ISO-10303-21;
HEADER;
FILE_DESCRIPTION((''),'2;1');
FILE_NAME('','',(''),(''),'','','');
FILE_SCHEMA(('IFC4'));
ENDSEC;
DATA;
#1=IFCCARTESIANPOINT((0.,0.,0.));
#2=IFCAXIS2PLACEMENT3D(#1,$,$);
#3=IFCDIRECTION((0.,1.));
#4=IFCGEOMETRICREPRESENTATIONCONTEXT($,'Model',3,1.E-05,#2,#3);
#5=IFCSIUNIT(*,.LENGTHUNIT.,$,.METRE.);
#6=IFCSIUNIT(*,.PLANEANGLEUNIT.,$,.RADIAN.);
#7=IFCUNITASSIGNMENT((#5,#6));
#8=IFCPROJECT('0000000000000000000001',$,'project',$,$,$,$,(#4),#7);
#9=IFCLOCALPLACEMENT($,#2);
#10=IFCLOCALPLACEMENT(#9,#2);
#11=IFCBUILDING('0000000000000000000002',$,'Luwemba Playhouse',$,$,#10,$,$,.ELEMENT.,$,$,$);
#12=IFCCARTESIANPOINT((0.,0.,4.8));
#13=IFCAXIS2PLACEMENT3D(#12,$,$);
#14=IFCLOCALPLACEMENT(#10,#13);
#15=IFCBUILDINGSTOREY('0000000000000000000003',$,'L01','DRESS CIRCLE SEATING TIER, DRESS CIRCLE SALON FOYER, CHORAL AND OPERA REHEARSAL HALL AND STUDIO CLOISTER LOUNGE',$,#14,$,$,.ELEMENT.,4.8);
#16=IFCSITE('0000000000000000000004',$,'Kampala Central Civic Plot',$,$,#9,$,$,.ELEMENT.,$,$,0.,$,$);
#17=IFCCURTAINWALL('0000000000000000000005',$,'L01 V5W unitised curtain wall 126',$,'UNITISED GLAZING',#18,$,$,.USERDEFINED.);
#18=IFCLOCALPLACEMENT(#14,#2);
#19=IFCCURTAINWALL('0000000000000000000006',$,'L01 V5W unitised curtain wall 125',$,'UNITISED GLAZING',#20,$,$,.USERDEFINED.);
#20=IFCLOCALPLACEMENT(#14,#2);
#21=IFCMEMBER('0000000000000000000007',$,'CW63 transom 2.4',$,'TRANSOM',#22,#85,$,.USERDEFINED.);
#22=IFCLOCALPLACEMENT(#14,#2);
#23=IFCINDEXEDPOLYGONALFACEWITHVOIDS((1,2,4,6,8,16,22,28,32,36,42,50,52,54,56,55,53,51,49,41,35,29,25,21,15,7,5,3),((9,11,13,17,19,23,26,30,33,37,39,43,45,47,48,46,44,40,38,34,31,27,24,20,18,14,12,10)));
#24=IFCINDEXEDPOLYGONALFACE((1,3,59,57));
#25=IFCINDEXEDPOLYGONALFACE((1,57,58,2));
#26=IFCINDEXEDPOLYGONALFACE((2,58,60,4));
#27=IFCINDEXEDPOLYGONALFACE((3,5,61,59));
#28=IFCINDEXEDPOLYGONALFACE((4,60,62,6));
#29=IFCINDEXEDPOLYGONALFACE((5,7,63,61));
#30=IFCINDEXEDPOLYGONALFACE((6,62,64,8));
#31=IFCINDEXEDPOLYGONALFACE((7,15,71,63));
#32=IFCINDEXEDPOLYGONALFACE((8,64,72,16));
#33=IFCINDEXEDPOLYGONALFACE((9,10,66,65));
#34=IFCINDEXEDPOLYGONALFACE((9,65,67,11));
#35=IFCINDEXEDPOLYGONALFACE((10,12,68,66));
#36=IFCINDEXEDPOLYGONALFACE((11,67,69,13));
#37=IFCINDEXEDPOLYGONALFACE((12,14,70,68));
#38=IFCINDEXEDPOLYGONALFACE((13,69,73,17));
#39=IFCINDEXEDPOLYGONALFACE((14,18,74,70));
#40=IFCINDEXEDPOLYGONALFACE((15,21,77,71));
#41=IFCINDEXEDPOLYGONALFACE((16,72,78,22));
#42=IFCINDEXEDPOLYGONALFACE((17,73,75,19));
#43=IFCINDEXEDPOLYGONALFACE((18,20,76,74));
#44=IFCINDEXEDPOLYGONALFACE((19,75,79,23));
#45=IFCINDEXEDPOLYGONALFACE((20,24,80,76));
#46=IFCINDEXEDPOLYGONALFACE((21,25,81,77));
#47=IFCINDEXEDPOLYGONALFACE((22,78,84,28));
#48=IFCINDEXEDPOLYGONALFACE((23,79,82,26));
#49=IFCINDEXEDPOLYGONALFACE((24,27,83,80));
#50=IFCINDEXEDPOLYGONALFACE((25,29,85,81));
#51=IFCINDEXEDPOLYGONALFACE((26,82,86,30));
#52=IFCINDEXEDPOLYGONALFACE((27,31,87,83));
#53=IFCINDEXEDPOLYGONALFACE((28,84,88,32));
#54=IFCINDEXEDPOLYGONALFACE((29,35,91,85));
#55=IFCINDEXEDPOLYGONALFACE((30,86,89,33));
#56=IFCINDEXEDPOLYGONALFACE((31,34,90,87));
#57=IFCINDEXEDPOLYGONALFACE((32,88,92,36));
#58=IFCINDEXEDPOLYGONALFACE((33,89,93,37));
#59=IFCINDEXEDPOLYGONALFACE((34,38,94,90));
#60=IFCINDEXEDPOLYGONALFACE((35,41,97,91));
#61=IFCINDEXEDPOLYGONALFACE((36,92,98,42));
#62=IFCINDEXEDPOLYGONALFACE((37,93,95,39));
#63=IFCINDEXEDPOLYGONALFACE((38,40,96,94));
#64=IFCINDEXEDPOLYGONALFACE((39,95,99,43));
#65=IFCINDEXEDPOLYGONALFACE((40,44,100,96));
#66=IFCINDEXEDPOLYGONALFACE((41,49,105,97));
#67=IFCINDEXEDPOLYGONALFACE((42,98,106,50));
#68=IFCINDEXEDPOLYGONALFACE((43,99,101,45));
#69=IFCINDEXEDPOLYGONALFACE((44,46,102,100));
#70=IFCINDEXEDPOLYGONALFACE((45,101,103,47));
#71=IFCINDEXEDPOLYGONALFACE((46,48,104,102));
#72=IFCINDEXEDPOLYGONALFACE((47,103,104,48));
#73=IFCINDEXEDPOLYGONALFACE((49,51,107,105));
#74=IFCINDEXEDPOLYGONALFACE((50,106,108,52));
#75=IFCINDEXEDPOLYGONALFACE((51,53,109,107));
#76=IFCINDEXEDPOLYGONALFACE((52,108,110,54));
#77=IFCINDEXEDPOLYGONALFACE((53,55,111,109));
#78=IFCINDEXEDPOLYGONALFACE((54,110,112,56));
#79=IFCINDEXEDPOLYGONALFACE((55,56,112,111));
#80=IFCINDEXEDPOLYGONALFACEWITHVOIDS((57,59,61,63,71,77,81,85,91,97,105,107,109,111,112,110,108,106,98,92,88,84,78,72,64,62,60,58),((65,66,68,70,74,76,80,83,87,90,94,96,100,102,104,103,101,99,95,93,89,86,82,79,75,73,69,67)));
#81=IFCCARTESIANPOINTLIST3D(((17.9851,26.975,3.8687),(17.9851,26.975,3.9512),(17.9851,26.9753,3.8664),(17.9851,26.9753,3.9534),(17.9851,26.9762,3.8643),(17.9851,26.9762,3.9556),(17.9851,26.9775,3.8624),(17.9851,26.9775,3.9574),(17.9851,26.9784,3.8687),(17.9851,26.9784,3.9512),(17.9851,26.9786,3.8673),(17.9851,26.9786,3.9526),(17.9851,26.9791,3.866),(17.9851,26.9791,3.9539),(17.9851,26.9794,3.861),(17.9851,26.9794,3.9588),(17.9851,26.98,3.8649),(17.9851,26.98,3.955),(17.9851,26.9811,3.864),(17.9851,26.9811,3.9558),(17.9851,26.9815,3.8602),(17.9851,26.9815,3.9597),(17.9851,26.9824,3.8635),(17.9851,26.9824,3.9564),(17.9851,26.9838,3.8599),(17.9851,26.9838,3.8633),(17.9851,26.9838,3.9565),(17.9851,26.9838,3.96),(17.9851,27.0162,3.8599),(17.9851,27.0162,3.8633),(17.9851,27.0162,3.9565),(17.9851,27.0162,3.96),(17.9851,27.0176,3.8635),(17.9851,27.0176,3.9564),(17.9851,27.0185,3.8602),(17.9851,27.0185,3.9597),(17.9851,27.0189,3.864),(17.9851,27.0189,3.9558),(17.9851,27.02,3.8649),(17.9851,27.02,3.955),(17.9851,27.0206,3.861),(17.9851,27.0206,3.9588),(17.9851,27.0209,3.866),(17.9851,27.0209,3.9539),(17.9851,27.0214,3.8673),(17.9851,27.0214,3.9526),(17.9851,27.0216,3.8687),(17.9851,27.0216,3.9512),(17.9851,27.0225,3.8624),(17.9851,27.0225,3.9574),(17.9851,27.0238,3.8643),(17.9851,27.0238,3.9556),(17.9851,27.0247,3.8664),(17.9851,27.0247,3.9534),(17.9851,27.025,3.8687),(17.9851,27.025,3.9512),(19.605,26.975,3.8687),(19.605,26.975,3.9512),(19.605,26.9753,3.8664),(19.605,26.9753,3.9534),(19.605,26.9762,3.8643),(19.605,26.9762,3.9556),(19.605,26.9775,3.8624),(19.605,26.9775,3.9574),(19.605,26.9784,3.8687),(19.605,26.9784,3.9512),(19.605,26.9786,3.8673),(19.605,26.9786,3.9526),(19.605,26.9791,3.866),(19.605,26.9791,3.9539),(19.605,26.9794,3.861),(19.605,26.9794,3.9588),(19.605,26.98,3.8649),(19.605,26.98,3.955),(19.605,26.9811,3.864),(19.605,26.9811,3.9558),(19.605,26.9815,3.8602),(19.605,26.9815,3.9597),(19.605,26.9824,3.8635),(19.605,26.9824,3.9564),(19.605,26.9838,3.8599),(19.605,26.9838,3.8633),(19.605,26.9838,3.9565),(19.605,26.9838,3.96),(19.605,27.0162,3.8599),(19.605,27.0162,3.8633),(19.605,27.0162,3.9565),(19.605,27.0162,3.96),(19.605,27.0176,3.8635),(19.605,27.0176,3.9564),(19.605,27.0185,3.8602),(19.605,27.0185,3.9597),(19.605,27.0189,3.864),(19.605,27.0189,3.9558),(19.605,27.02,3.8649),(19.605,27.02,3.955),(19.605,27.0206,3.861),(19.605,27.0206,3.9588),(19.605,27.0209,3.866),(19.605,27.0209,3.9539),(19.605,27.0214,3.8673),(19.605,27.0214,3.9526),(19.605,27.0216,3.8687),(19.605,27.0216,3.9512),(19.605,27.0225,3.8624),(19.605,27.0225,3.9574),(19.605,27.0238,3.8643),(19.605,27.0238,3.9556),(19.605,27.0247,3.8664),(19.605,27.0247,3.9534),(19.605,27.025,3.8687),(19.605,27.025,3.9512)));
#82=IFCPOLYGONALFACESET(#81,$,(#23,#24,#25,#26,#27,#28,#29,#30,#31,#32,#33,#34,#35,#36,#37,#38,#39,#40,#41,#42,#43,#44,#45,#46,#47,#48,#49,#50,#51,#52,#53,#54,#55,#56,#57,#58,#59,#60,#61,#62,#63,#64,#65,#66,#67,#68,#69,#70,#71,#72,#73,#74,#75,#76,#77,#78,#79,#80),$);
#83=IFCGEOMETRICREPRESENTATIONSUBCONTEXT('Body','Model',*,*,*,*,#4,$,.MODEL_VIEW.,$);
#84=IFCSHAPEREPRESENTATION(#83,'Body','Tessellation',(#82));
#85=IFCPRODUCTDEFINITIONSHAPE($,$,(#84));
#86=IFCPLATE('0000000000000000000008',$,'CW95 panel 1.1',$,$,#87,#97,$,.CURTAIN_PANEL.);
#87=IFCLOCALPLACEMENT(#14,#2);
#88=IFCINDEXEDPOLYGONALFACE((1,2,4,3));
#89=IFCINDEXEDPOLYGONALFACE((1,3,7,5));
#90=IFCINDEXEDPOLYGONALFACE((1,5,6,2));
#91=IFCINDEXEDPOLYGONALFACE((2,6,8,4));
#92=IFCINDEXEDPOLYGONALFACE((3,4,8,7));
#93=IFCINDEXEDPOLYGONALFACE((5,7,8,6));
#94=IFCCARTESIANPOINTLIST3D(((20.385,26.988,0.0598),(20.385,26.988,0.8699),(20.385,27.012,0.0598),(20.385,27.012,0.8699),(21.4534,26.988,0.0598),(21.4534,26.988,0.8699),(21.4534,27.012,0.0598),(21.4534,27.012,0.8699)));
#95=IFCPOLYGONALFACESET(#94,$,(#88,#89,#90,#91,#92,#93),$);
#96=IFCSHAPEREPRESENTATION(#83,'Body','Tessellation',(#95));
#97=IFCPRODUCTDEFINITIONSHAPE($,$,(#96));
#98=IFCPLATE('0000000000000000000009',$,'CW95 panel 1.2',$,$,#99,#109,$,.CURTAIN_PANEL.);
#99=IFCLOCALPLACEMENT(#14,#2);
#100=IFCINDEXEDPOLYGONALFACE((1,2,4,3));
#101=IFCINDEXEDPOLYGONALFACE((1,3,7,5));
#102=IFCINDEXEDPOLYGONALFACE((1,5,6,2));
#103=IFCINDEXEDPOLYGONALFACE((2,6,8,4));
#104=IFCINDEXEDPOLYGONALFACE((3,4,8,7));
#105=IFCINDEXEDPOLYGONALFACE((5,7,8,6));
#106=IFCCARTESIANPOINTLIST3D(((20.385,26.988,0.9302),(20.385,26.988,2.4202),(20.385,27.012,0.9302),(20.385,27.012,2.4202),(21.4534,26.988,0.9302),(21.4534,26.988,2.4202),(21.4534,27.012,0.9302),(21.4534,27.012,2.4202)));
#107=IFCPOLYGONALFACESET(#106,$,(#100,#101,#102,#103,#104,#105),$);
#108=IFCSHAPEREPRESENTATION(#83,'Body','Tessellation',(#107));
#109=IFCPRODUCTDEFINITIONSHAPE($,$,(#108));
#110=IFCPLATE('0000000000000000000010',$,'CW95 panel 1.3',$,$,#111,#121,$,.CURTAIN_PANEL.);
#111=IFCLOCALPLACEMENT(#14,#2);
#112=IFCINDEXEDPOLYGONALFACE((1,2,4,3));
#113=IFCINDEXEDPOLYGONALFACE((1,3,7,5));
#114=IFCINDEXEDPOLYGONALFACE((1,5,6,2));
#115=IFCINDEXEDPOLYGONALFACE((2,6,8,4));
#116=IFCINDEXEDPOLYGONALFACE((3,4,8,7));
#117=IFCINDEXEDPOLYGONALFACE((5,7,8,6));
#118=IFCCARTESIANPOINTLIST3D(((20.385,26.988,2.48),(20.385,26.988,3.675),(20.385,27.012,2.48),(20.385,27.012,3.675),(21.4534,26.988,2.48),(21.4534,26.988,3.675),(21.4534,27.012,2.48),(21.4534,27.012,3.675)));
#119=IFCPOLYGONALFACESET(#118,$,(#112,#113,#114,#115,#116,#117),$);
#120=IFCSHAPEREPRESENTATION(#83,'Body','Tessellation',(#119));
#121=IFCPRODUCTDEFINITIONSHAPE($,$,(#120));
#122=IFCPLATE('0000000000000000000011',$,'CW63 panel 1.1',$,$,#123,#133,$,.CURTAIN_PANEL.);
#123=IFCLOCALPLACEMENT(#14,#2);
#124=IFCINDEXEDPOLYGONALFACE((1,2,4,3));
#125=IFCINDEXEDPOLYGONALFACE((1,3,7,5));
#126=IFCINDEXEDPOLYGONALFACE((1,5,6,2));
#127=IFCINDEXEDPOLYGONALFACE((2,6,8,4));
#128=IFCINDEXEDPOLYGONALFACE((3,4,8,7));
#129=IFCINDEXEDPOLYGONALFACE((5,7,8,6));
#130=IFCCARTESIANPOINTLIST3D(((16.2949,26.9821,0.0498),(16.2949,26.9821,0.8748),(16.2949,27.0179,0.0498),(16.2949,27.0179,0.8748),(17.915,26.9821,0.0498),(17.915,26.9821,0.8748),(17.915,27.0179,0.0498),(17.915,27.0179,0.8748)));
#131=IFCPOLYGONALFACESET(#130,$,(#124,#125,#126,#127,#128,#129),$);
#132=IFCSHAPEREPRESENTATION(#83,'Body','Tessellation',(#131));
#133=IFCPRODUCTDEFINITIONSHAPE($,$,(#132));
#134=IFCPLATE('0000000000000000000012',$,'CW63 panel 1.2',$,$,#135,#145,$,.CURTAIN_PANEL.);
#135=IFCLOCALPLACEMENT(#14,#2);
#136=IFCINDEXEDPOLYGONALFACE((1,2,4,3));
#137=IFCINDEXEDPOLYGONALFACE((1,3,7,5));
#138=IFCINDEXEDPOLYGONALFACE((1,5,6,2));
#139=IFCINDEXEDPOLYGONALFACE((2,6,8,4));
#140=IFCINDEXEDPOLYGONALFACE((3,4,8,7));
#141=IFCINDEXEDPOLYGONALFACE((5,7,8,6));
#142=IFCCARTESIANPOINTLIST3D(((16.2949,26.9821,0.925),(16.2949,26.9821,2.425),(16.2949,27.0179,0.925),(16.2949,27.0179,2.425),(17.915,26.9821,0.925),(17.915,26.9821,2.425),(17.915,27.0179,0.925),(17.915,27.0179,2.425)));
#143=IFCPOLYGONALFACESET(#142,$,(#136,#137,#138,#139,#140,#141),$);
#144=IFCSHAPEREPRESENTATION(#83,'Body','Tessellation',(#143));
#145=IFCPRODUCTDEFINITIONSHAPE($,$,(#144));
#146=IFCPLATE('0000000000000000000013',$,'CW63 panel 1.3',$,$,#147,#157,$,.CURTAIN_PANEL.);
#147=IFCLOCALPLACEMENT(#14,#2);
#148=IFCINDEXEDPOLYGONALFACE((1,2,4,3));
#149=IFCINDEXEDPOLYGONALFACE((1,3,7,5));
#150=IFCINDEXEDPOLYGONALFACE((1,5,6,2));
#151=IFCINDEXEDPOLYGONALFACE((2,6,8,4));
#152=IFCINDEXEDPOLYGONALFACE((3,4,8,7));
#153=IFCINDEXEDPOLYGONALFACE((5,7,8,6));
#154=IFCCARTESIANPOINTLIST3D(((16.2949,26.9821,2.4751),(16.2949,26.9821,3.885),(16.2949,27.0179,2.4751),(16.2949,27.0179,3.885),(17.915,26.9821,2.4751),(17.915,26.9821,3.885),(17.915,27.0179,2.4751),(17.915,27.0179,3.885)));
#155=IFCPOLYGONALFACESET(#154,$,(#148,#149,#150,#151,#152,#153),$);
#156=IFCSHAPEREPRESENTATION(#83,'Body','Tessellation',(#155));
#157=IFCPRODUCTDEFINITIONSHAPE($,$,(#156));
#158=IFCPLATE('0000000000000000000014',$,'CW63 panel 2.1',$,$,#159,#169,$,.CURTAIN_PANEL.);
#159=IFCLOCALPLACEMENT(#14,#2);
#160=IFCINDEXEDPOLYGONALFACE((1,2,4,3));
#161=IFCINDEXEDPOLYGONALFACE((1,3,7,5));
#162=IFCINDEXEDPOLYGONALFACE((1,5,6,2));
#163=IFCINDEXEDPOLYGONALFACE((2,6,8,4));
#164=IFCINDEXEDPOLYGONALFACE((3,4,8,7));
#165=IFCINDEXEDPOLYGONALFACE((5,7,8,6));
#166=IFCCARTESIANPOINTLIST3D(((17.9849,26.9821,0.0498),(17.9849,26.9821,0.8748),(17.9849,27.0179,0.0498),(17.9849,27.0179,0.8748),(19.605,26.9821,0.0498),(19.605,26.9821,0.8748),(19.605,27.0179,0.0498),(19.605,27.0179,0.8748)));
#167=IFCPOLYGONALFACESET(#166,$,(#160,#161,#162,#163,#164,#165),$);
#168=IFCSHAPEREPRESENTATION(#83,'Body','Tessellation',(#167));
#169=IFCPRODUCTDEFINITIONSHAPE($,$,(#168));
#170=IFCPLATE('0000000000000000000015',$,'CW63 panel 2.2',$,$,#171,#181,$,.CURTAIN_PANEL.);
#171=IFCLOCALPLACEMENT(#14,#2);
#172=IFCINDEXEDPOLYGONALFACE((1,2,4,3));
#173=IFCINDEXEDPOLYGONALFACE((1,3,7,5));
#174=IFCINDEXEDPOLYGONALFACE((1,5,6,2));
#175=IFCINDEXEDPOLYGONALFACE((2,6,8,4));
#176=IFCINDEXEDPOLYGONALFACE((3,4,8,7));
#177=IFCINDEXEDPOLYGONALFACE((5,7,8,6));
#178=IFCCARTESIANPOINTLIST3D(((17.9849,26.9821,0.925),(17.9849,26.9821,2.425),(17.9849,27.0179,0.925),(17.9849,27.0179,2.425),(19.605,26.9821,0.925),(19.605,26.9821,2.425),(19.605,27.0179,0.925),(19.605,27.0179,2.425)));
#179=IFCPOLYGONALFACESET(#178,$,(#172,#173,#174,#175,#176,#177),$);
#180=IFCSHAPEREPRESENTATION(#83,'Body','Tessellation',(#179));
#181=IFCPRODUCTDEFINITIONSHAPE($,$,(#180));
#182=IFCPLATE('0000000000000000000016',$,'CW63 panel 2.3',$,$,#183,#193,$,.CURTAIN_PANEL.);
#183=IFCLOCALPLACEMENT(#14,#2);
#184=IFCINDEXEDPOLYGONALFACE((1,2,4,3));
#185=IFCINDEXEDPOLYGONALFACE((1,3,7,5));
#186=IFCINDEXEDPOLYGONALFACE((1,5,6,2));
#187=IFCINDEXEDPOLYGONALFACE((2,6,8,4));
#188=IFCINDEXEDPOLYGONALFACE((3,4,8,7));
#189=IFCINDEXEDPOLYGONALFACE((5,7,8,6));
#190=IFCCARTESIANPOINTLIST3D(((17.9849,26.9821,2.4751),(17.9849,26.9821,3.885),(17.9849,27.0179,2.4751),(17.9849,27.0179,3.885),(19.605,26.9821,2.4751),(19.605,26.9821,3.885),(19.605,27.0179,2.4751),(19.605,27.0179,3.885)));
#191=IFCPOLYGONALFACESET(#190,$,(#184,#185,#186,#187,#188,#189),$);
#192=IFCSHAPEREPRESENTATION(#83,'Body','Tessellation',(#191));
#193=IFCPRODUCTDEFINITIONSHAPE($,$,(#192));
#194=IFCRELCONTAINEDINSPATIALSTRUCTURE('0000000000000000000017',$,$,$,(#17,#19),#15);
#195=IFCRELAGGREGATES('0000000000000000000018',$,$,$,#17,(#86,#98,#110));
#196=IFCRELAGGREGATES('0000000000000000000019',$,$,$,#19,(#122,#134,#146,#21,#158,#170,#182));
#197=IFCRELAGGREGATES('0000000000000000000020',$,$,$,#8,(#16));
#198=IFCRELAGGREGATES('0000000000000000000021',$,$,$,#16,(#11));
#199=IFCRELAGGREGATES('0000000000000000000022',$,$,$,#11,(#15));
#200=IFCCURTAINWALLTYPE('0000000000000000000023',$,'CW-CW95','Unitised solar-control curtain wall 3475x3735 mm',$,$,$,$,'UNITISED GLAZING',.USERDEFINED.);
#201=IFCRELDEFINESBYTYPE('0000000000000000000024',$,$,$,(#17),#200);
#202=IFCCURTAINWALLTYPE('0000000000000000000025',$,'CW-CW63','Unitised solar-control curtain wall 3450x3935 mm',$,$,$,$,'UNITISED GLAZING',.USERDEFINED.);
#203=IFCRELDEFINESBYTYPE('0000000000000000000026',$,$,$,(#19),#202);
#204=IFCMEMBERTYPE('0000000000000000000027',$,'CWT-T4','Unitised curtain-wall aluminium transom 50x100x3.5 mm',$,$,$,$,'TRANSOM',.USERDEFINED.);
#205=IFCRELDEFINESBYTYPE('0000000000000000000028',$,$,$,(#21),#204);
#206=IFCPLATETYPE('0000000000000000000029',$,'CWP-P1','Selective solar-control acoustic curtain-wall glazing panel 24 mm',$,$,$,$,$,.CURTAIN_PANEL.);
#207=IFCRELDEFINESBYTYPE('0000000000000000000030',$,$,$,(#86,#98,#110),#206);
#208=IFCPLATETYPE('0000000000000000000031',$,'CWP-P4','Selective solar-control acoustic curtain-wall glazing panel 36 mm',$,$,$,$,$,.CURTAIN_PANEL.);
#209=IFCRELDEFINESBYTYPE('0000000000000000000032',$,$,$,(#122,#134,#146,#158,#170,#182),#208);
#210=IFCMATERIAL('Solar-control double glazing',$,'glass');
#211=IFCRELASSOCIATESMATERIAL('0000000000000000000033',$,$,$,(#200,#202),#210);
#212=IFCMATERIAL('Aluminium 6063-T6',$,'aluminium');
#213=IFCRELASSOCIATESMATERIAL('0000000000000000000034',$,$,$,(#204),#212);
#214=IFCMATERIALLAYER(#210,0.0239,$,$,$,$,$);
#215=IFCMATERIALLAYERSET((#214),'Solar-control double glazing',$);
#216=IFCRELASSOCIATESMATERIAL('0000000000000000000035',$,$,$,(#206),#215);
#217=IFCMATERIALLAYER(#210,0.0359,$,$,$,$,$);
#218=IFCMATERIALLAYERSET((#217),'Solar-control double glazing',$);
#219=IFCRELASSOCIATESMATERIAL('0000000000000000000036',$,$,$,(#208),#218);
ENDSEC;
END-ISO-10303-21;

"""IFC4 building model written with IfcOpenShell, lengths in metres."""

from ifc_helpers import new_model, si_unit, direction, frame, origin, origin_2d, place, context, subcontext, project, spatial, rectangle, hollow_rectangle, extrude, material, layer, layer_set, material_profile, profile_set, type_object, element, aggregate, save


model = new_model("IFC4")

# Units and contexts
model_context = context("Model", 3, precision=1e-05, world=origin(), true_north=direction((0.0, 1.0)))
body_context = subcontext(model_context, "Body", "Model", "MODEL_VIEW")
ifc_project = project(units=[si_unit("LENGTHUNIT", "METRE"), si_unit("PLANEANGLEUNIT", "RADIAN")], contexts=[model_context])

# Site, building, storey
site_placement = place(None, origin())
site = spatial("IfcSite", under=ifc_project, at=site_placement, Name="Kampala Central Civic Plot", CompositionType="ELEMENT", RefElevation=0.0)
building_placement = place(site_placement, origin())
building = spatial("IfcBuilding", under=site, at=building_placement, Name="Luwemba Playhouse", CompositionType="ELEMENT")
storey_placement = place(building_placement, frame((0.0, 0.0, 4.8)))
storey = spatial("IfcBuildingStorey", under=building, at=storey_placement, Name="L01", Description="DRESS CIRCLE SEATING TIER, DRESS CIRCLE SALON FOYER, CHORAL AND OPERA REHEARSAL HALL AND STUDIO CLOISTER LOUNGE", CompositionType="ELEMENT", Elevation=4.8)

# Curtain walls
ifc_material_1 = material(Name="Solar-control double glazing", Category="glass")
curtain_wall_type_1 = type_object("IfcCurtainWallType", Name="CW-CW95", Description="Unitised solar-control curtain wall 3475x3735 mm", ElementType="UNITISED GLAZING", PredefinedType="USERDEFINED", material=ifc_material_1)
curtain_wall_1_placement = place(storey_placement, origin())
curtain_wall_1 = element("IfcCurtainWall", 1, at=curtain_wall_1_placement, inside=storey, type_object=curtain_wall_type_1, Name="L01 V5W unitised curtain wall 126", ObjectType="UNITISED GLAZING", PredefinedType="USERDEFINED")
ifc_material_2 = material(Name="Aluminium 6063-T6", Category="aluminium")
curtain_wall_type_2 = type_object("IfcCurtainWallType", Name="CW-CW63", Description="Unitised solar-control curtain wall 3450x3935 mm", ElementType="UNITISED GLAZING", PredefinedType="USERDEFINED", material=ifc_material_1)
curtain_wall_2_placement = place(storey_placement, origin())
curtain_wall_2 = element("IfcCurtainWall", 2, at=curtain_wall_2_placement, inside=storey, type_object=curtain_wall_type_2, Name="L01 V5W unitised curtain wall 125", ObjectType="UNITISED GLAZING", PredefinedType="USERDEFINED")

# Member
ifc_material_profile_1 = material_profile(ifc_material_2, hollow_rectangle(XDim=0.05, YDim=0.1001, WallThickness=0.0034, InnerFilletRadius=0.0054, OuterFilletRadius=0.0088, at=origin_2d()))
ifc_profile_set_1 = profile_set([ifc_material_profile_1], Name="Aluminium 6063-T6")
member_type_1 = type_object("IfcMemberType", Name="CWT-T4", Description="Unitised curtain-wall aluminium transom 50x100x3.5 mm", ElementType="TRANSOM", PredefinedType="USERDEFINED", material=ifc_profile_set_1)
member_1_placement = place(storey_placement, frame((17.9851, 27.0, 3.9099), z_axis=(1.0, 0.0, 0.0), x_axis=(0.0, 1.0, 0.0)))
member_1 = element("IfcMember", 3, at=member_1_placement, type_object=member_type_1, Name="CW63 transom 2.4", ObjectType="TRANSOM", PredefinedType="USERDEFINED", context=body_context, shape_type="SweptSolid", body=[
    extrude(hollow_rectangle(XDim=0.05, YDim=0.1001, WallThickness=0.0034, InnerFilletRadius=0.0054, OuterFilletRadius=0.0088, at=origin_2d()), origin(), (0.0, 0.0, 1.0), 1.6199),
])

# Plates
ifc_layer_1 = layer(ifc_material_1, 0.0239)
ifc_layer_set_1 = layer_set([ifc_layer_1], Name="Solar-control double glazing")
plate_type_1 = type_object("IfcPlateType", Name="CWP-P1", Description="Selective solar-control acoustic curtain-wall glazing panel 24 mm", PredefinedType="CURTAIN_PANEL", material=ifc_layer_set_1)
plate_1_placement = place(storey_placement, frame((20.9192, 27.0, 0.0598), z_axis=(0.0, 0.0, 1.0), x_axis=(1.0, 0.0, 0.0)))
plate_1 = element("IfcPlate", 4, at=plate_1_placement, type_object=plate_type_1, Name="CW95 panel 1.1", PredefinedType="CURTAIN_PANEL", context=body_context, shape_type="SweptSolid", body=[
    extrude(rectangle(XDim=1.0684, YDim=0.0239, at=origin_2d()), origin(), (0.0, 0.0, 1.0), 0.8101),
])
plate_2_placement = place(storey_placement, frame((20.9192, 27.0, 0.9302), z_axis=(0.0, 0.0, 1.0), x_axis=(1.0, 0.0, 0.0)))
plate_2 = element("IfcPlate", 5, at=plate_2_placement, type_object=plate_type_1, Name="CW95 panel 1.2", PredefinedType="CURTAIN_PANEL", context=body_context, shape_type="SweptSolid", body=[
    extrude(rectangle(XDim=1.0684, YDim=0.0239, at=origin_2d()), origin(), (0.0, 0.0, 1.0), 1.49),
])
plate_3_placement = place(storey_placement, frame((20.9192, 27.0, 2.48), z_axis=(0.0, 0.0, 1.0), x_axis=(1.0, 0.0, 0.0)))
plate_3 = element("IfcPlate", 6, at=plate_3_placement, type_object=plate_type_1, Name="CW95 panel 1.3", PredefinedType="CURTAIN_PANEL", context=body_context, shape_type="SweptSolid", body=[
    extrude(rectangle(XDim=1.0684, YDim=0.0239, at=origin_2d()), origin(), (0.0, 0.0, 1.0), 1.1951),
])
aggregate(curtain_wall_1, [plate_1, plate_2, plate_3])
ifc_layer_2 = layer(ifc_material_1, 0.0359)
ifc_layer_set_2 = layer_set([ifc_layer_2], Name="Solar-control double glazing")
plate_type_2 = type_object("IfcPlateType", Name="CWP-P4", Description="Selective solar-control acoustic curtain-wall glazing panel 36 mm", PredefinedType="CURTAIN_PANEL", material=ifc_layer_set_2)
plate_4_placement = place(storey_placement, frame((17.105, 27.0, 0.0498), z_axis=(0.0, 0.0, 1.0), x_axis=(1.0, 0.0, 0.0)))
plate_4 = element("IfcPlate", 7, at=plate_4_placement, type_object=plate_type_2, Name="CW63 panel 1.1", PredefinedType="CURTAIN_PANEL", context=body_context, shape_type="SweptSolid", body=[
    extrude(rectangle(XDim=1.6201, YDim=0.0359, at=origin_2d()), origin(), (0.0, 0.0, 1.0), 0.825),
])
plate_5_placement = place(storey_placement, frame((17.105, 27.0, 0.925), z_axis=(0.0, 0.0, 1.0), x_axis=(1.0, 0.0, 0.0)))
plate_5 = element("IfcPlate", 8, at=plate_5_placement, type_object=plate_type_2, Name="CW63 panel 1.2", PredefinedType="CURTAIN_PANEL", context=body_context, shape_type="SweptSolid", body=[
    extrude(rectangle(XDim=1.6201, YDim=0.0359, at=origin_2d()), origin(), (0.0, 0.0, 1.0), 1.5),
])
plate_6_placement = place(storey_placement, frame((17.105, 27.0, 2.4751), z_axis=(0.0, 0.0, 1.0), x_axis=(1.0, 0.0, 0.0)))
plate_6 = element("IfcPlate", 9, at=plate_6_placement, type_object=plate_type_2, Name="CW63 panel 1.3", PredefinedType="CURTAIN_PANEL", context=body_context, shape_type="SweptSolid", body=[
    extrude(rectangle(XDim=1.6201, YDim=0.0359, at=origin_2d()), origin(), (0.0, 0.0, 1.0), 1.4099),
])
plate_7_placement = place(storey_placement, frame((18.7949, 27.0, 0.0498), z_axis=(0.0, 0.0, 1.0), x_axis=(1.0, 0.0, 0.0)))
plate_7 = element("IfcPlate", 10, at=plate_7_placement, type_object=plate_type_2, Name="CW63 panel 2.1", PredefinedType="CURTAIN_PANEL", context=body_context, shape_type="SweptSolid", body=[
    extrude(rectangle(XDim=1.6201, YDim=0.0359, at=origin_2d()), origin(), (0.0, 0.0, 1.0), 0.825),
])
plate_8_placement = place(storey_placement, frame((18.7949, 27.0, 0.925), z_axis=(0.0, 0.0, 1.0), x_axis=(1.0, 0.0, 0.0)))
plate_8 = element("IfcPlate", 11, at=plate_8_placement, type_object=plate_type_2, Name="CW63 panel 2.2", PredefinedType="CURTAIN_PANEL", context=body_context, shape_type="SweptSolid", body=[
    extrude(rectangle(XDim=1.6201, YDim=0.0359, at=origin_2d()), origin(), (0.0, 0.0, 1.0), 1.5),
])
plate_9_placement = place(storey_placement, frame((18.7949, 27.0, 2.4751), z_axis=(0.0, 0.0, 1.0), x_axis=(1.0, 0.0, 0.0)))
plate_9 = element("IfcPlate", 12, at=plate_9_placement, type_object=plate_type_2, Name="CW63 panel 2.3", PredefinedType="CURTAIN_PANEL", context=body_context, shape_type="SweptSolid", body=[
    extrude(rectangle(XDim=1.6201, YDim=0.0359, at=origin_2d()), origin(), (0.0, 0.0, 1.0), 1.4099),
])
aggregate(curtain_wall_2, [plate_4, plate_5, plate_6, member_1, plate_7, plate_8, plate_9])

save(model, "model.ifc")
